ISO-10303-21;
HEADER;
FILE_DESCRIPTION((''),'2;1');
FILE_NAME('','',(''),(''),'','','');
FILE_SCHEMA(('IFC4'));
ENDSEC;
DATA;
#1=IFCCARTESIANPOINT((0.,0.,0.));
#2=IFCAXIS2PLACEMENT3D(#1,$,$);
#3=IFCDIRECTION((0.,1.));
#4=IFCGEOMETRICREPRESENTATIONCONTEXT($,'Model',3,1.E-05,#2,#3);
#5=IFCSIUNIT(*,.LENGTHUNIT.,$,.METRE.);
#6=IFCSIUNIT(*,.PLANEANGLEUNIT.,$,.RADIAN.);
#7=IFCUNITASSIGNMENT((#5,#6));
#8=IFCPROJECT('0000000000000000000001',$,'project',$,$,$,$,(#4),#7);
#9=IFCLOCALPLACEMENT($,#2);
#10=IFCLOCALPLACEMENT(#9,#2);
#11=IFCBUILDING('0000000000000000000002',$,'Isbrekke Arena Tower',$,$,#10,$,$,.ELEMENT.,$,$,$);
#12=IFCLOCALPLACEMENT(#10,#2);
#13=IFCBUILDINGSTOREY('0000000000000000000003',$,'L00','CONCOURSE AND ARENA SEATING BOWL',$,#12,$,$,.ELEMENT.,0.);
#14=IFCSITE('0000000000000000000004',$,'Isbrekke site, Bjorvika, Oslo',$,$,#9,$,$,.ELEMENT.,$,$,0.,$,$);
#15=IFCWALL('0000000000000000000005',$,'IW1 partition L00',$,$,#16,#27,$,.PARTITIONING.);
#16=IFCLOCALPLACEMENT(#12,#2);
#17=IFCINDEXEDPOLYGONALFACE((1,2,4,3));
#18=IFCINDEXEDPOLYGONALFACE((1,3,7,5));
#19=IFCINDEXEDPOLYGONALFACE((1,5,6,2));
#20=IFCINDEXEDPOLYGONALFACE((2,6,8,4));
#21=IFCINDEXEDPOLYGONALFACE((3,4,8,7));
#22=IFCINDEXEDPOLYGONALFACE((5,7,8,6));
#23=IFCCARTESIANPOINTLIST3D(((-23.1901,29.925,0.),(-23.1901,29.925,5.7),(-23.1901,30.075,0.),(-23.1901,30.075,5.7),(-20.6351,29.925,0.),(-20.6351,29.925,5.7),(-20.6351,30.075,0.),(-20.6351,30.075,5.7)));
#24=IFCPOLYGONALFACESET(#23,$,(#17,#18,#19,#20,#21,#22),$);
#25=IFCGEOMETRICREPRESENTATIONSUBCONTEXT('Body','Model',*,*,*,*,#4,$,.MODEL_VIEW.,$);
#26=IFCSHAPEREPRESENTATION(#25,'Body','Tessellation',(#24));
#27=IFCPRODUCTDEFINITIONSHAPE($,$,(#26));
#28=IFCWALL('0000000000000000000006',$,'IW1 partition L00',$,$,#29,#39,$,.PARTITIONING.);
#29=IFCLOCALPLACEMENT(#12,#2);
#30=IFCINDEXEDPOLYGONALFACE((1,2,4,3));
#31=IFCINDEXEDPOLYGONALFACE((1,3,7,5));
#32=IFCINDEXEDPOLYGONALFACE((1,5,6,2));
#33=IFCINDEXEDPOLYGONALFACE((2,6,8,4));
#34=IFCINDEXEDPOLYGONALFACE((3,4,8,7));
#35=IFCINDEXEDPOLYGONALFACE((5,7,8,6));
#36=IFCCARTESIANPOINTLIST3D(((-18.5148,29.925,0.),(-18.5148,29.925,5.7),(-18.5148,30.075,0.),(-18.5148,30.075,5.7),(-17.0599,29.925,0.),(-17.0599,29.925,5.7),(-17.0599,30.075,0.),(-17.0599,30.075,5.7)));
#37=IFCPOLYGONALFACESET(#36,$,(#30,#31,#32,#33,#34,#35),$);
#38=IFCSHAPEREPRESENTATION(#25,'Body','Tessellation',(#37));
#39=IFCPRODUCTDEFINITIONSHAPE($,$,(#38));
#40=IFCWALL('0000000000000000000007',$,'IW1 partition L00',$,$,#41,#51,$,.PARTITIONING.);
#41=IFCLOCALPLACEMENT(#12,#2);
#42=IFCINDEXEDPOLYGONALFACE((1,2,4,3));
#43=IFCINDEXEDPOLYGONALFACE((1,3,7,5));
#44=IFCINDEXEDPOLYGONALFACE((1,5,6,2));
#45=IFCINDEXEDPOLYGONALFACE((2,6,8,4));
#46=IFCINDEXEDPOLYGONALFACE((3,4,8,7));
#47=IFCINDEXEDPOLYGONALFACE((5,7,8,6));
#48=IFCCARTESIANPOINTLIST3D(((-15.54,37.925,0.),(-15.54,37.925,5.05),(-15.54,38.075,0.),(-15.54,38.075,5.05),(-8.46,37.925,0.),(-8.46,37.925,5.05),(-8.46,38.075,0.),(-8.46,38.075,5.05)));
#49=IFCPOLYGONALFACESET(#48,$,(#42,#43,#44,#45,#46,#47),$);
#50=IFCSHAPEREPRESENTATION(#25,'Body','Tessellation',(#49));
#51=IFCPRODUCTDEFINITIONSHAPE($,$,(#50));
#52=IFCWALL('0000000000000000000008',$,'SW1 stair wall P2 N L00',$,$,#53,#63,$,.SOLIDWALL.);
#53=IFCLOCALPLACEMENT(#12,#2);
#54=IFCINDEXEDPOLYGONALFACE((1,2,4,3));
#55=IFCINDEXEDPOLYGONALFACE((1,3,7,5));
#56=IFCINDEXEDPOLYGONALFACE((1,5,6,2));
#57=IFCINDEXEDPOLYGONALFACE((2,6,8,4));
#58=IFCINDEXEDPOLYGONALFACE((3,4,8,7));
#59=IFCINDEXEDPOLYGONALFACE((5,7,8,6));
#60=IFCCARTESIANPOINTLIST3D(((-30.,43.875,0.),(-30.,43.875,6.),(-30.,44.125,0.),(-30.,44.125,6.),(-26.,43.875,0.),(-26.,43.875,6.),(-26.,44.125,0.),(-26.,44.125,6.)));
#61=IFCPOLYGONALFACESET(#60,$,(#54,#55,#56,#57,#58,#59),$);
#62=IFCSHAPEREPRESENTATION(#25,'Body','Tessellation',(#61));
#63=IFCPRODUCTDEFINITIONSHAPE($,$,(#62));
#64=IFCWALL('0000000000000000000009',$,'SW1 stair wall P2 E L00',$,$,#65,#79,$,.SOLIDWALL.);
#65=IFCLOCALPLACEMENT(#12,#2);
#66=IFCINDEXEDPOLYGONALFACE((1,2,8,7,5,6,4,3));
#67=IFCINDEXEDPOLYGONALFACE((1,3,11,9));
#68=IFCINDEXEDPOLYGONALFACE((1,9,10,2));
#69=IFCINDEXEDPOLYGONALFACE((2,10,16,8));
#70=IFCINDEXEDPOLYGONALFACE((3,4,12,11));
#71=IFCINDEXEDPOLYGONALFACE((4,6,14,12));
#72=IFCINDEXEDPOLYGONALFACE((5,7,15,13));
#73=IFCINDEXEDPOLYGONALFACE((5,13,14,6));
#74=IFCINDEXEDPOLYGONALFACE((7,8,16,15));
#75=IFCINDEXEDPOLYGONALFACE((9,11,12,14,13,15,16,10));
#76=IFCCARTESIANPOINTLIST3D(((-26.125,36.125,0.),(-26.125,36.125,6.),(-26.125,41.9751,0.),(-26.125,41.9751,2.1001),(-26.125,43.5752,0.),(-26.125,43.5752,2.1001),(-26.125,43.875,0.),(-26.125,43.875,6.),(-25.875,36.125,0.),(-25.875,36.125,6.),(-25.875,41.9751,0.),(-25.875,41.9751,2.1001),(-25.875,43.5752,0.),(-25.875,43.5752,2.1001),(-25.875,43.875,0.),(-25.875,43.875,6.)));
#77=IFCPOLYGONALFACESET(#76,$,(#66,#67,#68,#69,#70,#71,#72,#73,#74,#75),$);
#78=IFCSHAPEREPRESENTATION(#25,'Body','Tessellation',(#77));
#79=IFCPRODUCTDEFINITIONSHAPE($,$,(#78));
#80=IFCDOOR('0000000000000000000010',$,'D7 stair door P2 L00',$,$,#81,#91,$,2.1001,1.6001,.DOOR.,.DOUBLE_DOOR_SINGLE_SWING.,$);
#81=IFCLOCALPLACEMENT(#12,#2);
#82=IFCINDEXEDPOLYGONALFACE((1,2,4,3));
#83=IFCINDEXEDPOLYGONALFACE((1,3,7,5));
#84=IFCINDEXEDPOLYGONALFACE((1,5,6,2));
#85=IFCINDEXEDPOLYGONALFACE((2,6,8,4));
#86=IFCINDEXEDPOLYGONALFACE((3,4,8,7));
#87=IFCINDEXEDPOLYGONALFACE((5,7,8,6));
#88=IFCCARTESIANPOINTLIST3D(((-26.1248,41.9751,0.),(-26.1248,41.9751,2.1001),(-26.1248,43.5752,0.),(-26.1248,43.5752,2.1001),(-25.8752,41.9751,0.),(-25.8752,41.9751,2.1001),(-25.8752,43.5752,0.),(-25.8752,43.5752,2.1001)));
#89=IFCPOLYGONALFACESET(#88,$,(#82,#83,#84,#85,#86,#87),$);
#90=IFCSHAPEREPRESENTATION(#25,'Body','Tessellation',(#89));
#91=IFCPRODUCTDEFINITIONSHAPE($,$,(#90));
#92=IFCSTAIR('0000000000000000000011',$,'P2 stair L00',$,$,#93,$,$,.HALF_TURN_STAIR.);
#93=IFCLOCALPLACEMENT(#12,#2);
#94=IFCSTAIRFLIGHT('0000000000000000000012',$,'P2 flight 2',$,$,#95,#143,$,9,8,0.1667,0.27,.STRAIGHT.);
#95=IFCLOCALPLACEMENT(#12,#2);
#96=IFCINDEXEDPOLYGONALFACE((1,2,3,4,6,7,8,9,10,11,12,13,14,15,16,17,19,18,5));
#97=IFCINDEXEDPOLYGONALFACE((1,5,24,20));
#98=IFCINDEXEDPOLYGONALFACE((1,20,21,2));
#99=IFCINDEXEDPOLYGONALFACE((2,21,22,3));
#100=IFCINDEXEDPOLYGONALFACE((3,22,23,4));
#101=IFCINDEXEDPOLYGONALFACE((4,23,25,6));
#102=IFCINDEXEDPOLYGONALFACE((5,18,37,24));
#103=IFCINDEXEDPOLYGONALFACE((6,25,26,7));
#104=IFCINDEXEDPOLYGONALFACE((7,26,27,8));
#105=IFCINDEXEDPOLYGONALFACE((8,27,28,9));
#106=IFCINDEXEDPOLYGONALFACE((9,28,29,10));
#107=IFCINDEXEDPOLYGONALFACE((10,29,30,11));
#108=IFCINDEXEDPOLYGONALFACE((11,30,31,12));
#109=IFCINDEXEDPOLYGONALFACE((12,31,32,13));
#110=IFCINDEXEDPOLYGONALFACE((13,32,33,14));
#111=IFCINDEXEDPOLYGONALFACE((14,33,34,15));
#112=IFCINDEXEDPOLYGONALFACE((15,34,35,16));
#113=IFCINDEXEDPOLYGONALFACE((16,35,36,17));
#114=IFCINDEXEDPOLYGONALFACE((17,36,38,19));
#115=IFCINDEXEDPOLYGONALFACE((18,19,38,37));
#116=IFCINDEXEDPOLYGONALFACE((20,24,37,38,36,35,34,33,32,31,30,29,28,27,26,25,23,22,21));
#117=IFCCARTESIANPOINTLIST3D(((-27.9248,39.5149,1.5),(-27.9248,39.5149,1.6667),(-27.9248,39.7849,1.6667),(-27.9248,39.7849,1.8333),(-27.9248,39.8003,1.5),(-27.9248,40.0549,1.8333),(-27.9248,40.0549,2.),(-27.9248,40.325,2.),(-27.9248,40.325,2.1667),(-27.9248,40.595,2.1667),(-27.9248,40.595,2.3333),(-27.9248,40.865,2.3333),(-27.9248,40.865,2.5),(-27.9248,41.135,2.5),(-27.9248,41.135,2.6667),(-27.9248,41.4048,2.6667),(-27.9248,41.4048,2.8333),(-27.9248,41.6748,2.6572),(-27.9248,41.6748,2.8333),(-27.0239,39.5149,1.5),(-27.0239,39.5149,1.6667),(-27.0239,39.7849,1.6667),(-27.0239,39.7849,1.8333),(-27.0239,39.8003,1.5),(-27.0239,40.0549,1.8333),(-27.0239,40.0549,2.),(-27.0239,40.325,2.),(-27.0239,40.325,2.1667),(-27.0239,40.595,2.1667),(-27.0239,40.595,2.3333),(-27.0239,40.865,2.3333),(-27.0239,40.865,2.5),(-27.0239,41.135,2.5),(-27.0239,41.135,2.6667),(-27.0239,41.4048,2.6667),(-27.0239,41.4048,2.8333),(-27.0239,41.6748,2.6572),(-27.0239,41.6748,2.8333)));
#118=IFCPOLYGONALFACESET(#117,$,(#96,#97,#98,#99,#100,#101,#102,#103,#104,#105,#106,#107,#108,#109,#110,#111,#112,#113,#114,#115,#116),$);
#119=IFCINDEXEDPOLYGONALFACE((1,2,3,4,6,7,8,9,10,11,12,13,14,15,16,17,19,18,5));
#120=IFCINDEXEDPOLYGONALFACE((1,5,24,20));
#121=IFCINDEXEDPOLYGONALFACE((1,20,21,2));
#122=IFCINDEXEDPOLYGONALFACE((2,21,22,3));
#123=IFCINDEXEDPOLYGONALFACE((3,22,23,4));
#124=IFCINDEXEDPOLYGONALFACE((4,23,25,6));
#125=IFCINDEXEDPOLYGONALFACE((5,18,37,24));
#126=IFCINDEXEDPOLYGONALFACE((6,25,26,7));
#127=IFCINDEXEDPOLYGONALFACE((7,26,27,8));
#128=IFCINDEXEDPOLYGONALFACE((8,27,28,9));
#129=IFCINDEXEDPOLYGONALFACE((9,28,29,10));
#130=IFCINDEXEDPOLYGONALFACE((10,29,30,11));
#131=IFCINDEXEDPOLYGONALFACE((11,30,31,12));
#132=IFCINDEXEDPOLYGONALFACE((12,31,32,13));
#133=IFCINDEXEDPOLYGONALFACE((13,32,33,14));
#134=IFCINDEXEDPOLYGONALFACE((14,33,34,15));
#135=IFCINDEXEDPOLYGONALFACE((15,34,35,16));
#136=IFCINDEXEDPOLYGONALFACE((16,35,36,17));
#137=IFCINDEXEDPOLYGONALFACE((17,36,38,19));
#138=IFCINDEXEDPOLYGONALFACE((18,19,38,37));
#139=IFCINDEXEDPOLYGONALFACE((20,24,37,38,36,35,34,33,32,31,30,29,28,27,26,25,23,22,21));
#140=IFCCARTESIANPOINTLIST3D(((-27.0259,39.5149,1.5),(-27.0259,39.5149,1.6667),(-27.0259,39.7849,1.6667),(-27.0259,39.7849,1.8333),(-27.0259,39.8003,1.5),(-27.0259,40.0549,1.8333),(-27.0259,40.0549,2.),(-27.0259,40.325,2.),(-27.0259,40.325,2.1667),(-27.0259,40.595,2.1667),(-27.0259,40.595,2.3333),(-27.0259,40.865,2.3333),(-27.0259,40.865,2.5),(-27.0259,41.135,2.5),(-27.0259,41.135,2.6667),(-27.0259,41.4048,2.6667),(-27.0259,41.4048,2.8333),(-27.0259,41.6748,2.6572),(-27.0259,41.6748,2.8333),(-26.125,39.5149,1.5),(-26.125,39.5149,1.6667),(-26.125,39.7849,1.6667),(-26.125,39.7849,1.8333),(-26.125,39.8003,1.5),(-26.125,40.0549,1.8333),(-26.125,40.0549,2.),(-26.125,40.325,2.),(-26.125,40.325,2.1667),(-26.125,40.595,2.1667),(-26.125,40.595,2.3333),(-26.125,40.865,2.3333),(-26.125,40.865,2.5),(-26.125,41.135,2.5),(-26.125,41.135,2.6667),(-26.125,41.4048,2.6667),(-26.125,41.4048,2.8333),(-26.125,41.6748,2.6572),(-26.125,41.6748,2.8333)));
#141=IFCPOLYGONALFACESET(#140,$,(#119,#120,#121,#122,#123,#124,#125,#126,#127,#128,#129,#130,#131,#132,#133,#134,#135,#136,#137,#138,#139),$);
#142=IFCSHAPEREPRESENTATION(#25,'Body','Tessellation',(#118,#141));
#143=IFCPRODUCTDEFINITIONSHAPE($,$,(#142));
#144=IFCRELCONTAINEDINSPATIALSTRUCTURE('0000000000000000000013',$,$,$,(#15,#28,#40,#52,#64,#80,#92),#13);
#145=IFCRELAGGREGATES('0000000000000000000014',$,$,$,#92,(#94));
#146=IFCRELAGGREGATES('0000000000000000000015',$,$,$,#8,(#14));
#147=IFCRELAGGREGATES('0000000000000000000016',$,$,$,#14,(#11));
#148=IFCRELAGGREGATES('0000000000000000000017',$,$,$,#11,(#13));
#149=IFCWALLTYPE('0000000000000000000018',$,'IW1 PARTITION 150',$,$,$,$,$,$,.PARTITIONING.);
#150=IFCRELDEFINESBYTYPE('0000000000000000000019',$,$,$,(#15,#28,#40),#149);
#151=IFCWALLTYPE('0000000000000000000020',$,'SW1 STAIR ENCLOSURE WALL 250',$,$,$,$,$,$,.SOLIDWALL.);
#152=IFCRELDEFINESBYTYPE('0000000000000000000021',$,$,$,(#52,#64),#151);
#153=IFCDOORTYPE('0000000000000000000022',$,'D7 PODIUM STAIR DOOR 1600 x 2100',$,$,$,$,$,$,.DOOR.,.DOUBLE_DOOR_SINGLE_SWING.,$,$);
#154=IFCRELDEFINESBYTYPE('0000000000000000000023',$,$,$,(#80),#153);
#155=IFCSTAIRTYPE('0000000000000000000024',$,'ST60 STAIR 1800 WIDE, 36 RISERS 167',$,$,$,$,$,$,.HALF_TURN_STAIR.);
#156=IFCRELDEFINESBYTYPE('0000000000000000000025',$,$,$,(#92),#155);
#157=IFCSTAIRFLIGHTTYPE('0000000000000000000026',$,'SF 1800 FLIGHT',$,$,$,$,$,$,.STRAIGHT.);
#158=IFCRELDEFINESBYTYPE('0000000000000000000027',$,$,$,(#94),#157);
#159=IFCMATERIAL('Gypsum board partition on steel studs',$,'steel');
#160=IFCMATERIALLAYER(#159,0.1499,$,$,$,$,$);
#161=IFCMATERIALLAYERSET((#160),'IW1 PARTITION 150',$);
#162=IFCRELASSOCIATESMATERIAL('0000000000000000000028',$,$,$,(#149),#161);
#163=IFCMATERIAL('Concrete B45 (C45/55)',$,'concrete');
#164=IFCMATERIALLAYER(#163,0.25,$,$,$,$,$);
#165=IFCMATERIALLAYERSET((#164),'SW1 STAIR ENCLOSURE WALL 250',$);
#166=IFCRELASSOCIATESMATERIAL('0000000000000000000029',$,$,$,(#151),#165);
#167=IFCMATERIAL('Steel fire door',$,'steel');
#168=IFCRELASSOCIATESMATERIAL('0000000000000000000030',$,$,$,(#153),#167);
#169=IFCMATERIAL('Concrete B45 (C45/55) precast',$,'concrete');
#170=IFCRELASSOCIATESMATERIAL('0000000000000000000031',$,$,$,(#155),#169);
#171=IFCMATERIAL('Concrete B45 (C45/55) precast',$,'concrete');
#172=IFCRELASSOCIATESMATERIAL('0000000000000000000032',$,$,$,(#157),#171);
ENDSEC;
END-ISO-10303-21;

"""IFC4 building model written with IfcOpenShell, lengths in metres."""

from ifc_helpers import new_model, si_unit, direction, frame, frame_2d, origin, place, context, subcontext, project, spatial, polyline, rectangle, outline, extrude, material, layer, layer_set, type_object, element, fill, aggregate, save


model = new_model("IFC4")

# Units and contexts
model_context = context("Model", 3, precision=1e-05, world=origin(), true_north=direction((0.0, 1.0)))
body_context = subcontext(model_context, "Body", "Model", "MODEL_VIEW")
ifc_project = project(units=[si_unit("LENGTHUNIT", "METRE"), si_unit("PLANEANGLEUNIT", "RADIAN")], contexts=[model_context])

# Site, building, storey
site_placement = place(None, origin())
site = spatial("IfcSite", under=ifc_project, at=site_placement, Name="Isbrekke site, Bjorvika, Oslo", CompositionType="ELEMENT", RefElevation=0.0)
building_placement = place(site_placement, origin())
building = spatial("IfcBuilding", under=site, at=building_placement, Name="Isbrekke Arena Tower", CompositionType="ELEMENT")
storey_placement = place(building_placement, origin())
storey = spatial("IfcBuildingStorey", under=building, at=storey_placement, Name="L00", Description="CONCOURSE AND ARENA SEATING BOWL", CompositionType="ELEMENT", Elevation=0.0)

# Shared definitions
ifc_material_1 = material(Name="Gypsum board partition on steel studs", Category="steel")
ifc_layer_1 = layer(ifc_material_1, 0.1499)
ifc_layer_set_1 = layer_set([ifc_layer_1], Name="IW1 PARTITION 150")
wall_type_1 = type_object("IfcWallType", Name="IW1 PARTITION 150", PredefinedType="PARTITIONING", material=ifc_layer_set_1)

# Walls
wall_1_placement = place(storey_placement, frame((-23.1899, 30.0, 0.0), z_axis=(0.0, 0.0, 1.0), x_axis=(1.0, 0.0, 0.0)))
element("IfcWall", 1, at=wall_1_placement, inside=storey, type_object=wall_type_1, Name="IW1 partition L00", PredefinedType="PARTITIONING", context=body_context, shape_type="SweptSolid", body=[
    extrude(rectangle(XDim=2.5549, YDim=0.1499, at=frame_2d((1.2773, 0.0))), origin(), (0.0, 0.0, 1.0), 5.7),
])
wall_2_placement = place(storey_placement, frame((-18.5149, 30.0, 0.0), z_axis=(0.0, 0.0, 1.0), x_axis=(1.0, 0.0, 0.0)))
element("IfcWall", 2, at=wall_2_placement, inside=storey, type_object=wall_type_1, Name="IW1 partition L00", PredefinedType="PARTITIONING", context=body_context, shape_type="SweptSolid", body=[
    extrude(rectangle(XDim=1.4548, YDim=0.1499, at=frame_2d((0.7275, 0.0))), origin(), (0.0, 0.0, 1.0), 5.7),
])
wall_3_placement = place(storey_placement, frame((-15.54, 38.0, 0.0), z_axis=(0.0, 0.0, 1.0), x_axis=(1.0, 0.0, 0.0)))
element("IfcWall", 3, at=wall_3_placement, inside=storey, type_object=wall_type_1, Name="IW1 partition L00", PredefinedType="PARTITIONING", context=body_context, shape_type="SweptSolid", body=[
    extrude(rectangle(XDim=7.0801, YDim=0.1499, at=frame_2d((3.54, 0.0))), origin(), (0.0, 0.0, 1.0), 5.05),
])
ifc_material_2 = material(Name="Concrete B45 (C45/55)", Category="concrete")
ifc_layer_2 = layer(ifc_material_2, 0.25)
ifc_layer_set_2 = layer_set([ifc_layer_2], Name="SW1 STAIR ENCLOSURE WALL 250")
wall_type_2 = type_object("IfcWallType", Name="SW1 STAIR ENCLOSURE WALL 250", PredefinedType="SOLIDWALL", material=ifc_layer_set_2)
wall_4_placement = place(storey_placement, frame((-26.0, 44.0, 0.0), z_axis=(0.0, 0.0, 1.0), x_axis=(-1.0, 0.0, 0.0)))
element("IfcWall", 4, at=wall_4_placement, inside=storey, type_object=wall_type_2, Name="SW1 stair wall P2 N L00", PredefinedType="SOLIDWALL", context=body_context, shape_type="SweptSolid", body=[
    extrude(rectangle(XDim=4.0, YDim=0.25, at=frame_2d((2.0, 0.0))), origin(), (0.0, 0.0, 1.0), 6.0),
])

# Wall, opening, door
wall_5_placement = place(storey_placement, frame((-26.0, 36.125, 0.0), z_axis=(0.0, 0.0, 1.0), x_axis=(0.0, 1.0, 0.0)))
wall_5 = element("IfcWall", 5, at=wall_5_placement, inside=storey, type_object=wall_type_2, Name="SW1 stair wall P2 E L00", PredefinedType="SOLIDWALL", context=body_context, shape_type="SweptSolid", body=[
    extrude(rectangle(XDim=7.75, YDim=0.25, at=frame_2d((3.875, 0.0))), origin(), (0.0, 0.0, 1.0), 6.0),
])
opening_1_placement = place(wall_5_placement, frame((5.8501, 0.0, 0.0)))
opening_1 = element("IfcOpeningElement", 6, at=opening_1_placement, cuts=wall_5, PredefinedType="OPENING", context=body_context, shape_type="SweptSolid", body=[
    extrude(rectangle(XDim=1.6001, YDim=2.1001, at=frame_2d((0.8, 1.05))), frame((0.0, 0.1399, 0.0), z_axis=(0.0, -1.0, 0.0), x_axis=(1.0, 0.0, 0.0)), (0.0, 0.0, 1.0), 0.2798),
])
ifc_material_3 = material(Name="Steel fire door", Category="steel")
door_type_1 = type_object("IfcDoorType", Name="D7 PODIUM STAIR DOOR 1600 x 2100", OperationType="DOUBLE_DOOR_SINGLE_SWING", PredefinedType="DOOR", material=ifc_material_3)
door_1_placement = place(opening_1_placement, origin())
door_1 = element("IfcDoor", 7, at=door_1_placement, inside=storey, type_object=door_type_1, Name="D7 stair door P2 L00", OperationType="DOUBLE_DOOR_SINGLE_SWING", OverallHeight=2.1001, OverallWidth=1.6001, PredefinedType="DOOR", context=body_context, shape_type="SweptSolid", body=[
    extrude(rectangle(XDim=1.6001, YDim=2.1001, at=frame_2d((0.8, 1.05))), frame((0.0, 0.1248, 0.0), z_axis=(0.0, -1.0, 0.0), x_axis=(1.0, 0.0, 0.0)), (0.0, 0.0, 1.0), 0.2495),
])
fill(opening_1, door_1)

# Stair, stair flight
ifc_material_4 = material(Name="Concrete B45 (C45/55) precast", Category="concrete")
stair_type = type_object("IfcStairType", Name="ST60 STAIR 1800 WIDE, 36 RISERS 167", PredefinedType="HALF_TURN_STAIR", material=ifc_material_4)
stair_placement = place(storey_placement, origin())
stair = element("IfcStair", 8, at=stair_placement, inside=storey, type_object=stair_type, Name="P2 stair L00", PredefinedType="HALF_TURN_STAIR")
ifc_material_5 = material(Name="Concrete B45 (C45/55) precast", Category="concrete")
stair_flight_type = type_object("IfcStairFlightType", Name="SF 1800 FLIGHT", PredefinedType="STRAIGHT", material=ifc_material_5)
stair_flight_1_placement = place(storey_placement, frame((-27.0249, 39.5149, 1.5), z_axis=(0.0, 0.0, 1.0), x_axis=(0.0, 1.0, 0.0)))
stair_flight_1 = element("IfcStairFlight", 9, at=stair_flight_1_placement, type_object=stair_flight_type, Name="P2 flight 2", NumberOfRisers=9, NumberOfTreads=8, PredefinedType="STRAIGHT", RiserHeight=0.1667, TreadLength=0.27, context=body_context, shape_type="SweptSolid", body=[
    extrude(outline(polyline([(0.0, 0.0), (0.0, 0.1667), (0.27, 0.1667), (0.27, 0.3333), (0.54, 0.3333), (0.54, 0.5), (0.8101, 0.5), (0.8101, 0.6667), (1.0801, 0.6667), (1.0801, 0.8333), (1.3501, 0.8333), (1.3501, 1.0), (1.6201, 1.0), (1.6201, 1.1667), (1.8899, 1.1667), (1.8899, 1.3333), (2.1599, 1.3333), (2.1599, 1.5), (2.1599, 1.1572), (0.2854, 0.0), (0.0, 0.0)])), frame((0.0, 0.8999, 0.0), z_axis=(0.0, -1.0, 0.0), x_axis=(1.0, 0.0, 0.0)), (0.0, 0.0, 1.0), 0.9009),
    extrude(outline(polyline([(0.0, 0.0), (0.0, 0.1667), (0.27, 0.1667), (0.27, 0.3333), (0.54, 0.3333), (0.54, 0.5), (0.8101, 0.5), (0.8101, 0.6667), (1.0801, 0.6667), (1.0801, 0.8333), (1.3501, 0.8333), (1.3501, 1.0), (1.6201, 1.0), (1.6201, 1.1667), (1.8899, 1.1667), (1.8899, 1.3333), (2.1599, 1.3333), (2.1599, 1.5), (2.1599, 1.1572), (0.2854, 0.0), (0.0, 0.0)])), frame((0.0, 0.001, 0.0), z_axis=(0.0, -1.0, 0.0), x_axis=(1.0, 0.0, 0.0)), (0.0, 0.0, 1.0), 0.9009),
])
aggregate(stair, [stair_flight_1])

save(model, "model.ifc")
